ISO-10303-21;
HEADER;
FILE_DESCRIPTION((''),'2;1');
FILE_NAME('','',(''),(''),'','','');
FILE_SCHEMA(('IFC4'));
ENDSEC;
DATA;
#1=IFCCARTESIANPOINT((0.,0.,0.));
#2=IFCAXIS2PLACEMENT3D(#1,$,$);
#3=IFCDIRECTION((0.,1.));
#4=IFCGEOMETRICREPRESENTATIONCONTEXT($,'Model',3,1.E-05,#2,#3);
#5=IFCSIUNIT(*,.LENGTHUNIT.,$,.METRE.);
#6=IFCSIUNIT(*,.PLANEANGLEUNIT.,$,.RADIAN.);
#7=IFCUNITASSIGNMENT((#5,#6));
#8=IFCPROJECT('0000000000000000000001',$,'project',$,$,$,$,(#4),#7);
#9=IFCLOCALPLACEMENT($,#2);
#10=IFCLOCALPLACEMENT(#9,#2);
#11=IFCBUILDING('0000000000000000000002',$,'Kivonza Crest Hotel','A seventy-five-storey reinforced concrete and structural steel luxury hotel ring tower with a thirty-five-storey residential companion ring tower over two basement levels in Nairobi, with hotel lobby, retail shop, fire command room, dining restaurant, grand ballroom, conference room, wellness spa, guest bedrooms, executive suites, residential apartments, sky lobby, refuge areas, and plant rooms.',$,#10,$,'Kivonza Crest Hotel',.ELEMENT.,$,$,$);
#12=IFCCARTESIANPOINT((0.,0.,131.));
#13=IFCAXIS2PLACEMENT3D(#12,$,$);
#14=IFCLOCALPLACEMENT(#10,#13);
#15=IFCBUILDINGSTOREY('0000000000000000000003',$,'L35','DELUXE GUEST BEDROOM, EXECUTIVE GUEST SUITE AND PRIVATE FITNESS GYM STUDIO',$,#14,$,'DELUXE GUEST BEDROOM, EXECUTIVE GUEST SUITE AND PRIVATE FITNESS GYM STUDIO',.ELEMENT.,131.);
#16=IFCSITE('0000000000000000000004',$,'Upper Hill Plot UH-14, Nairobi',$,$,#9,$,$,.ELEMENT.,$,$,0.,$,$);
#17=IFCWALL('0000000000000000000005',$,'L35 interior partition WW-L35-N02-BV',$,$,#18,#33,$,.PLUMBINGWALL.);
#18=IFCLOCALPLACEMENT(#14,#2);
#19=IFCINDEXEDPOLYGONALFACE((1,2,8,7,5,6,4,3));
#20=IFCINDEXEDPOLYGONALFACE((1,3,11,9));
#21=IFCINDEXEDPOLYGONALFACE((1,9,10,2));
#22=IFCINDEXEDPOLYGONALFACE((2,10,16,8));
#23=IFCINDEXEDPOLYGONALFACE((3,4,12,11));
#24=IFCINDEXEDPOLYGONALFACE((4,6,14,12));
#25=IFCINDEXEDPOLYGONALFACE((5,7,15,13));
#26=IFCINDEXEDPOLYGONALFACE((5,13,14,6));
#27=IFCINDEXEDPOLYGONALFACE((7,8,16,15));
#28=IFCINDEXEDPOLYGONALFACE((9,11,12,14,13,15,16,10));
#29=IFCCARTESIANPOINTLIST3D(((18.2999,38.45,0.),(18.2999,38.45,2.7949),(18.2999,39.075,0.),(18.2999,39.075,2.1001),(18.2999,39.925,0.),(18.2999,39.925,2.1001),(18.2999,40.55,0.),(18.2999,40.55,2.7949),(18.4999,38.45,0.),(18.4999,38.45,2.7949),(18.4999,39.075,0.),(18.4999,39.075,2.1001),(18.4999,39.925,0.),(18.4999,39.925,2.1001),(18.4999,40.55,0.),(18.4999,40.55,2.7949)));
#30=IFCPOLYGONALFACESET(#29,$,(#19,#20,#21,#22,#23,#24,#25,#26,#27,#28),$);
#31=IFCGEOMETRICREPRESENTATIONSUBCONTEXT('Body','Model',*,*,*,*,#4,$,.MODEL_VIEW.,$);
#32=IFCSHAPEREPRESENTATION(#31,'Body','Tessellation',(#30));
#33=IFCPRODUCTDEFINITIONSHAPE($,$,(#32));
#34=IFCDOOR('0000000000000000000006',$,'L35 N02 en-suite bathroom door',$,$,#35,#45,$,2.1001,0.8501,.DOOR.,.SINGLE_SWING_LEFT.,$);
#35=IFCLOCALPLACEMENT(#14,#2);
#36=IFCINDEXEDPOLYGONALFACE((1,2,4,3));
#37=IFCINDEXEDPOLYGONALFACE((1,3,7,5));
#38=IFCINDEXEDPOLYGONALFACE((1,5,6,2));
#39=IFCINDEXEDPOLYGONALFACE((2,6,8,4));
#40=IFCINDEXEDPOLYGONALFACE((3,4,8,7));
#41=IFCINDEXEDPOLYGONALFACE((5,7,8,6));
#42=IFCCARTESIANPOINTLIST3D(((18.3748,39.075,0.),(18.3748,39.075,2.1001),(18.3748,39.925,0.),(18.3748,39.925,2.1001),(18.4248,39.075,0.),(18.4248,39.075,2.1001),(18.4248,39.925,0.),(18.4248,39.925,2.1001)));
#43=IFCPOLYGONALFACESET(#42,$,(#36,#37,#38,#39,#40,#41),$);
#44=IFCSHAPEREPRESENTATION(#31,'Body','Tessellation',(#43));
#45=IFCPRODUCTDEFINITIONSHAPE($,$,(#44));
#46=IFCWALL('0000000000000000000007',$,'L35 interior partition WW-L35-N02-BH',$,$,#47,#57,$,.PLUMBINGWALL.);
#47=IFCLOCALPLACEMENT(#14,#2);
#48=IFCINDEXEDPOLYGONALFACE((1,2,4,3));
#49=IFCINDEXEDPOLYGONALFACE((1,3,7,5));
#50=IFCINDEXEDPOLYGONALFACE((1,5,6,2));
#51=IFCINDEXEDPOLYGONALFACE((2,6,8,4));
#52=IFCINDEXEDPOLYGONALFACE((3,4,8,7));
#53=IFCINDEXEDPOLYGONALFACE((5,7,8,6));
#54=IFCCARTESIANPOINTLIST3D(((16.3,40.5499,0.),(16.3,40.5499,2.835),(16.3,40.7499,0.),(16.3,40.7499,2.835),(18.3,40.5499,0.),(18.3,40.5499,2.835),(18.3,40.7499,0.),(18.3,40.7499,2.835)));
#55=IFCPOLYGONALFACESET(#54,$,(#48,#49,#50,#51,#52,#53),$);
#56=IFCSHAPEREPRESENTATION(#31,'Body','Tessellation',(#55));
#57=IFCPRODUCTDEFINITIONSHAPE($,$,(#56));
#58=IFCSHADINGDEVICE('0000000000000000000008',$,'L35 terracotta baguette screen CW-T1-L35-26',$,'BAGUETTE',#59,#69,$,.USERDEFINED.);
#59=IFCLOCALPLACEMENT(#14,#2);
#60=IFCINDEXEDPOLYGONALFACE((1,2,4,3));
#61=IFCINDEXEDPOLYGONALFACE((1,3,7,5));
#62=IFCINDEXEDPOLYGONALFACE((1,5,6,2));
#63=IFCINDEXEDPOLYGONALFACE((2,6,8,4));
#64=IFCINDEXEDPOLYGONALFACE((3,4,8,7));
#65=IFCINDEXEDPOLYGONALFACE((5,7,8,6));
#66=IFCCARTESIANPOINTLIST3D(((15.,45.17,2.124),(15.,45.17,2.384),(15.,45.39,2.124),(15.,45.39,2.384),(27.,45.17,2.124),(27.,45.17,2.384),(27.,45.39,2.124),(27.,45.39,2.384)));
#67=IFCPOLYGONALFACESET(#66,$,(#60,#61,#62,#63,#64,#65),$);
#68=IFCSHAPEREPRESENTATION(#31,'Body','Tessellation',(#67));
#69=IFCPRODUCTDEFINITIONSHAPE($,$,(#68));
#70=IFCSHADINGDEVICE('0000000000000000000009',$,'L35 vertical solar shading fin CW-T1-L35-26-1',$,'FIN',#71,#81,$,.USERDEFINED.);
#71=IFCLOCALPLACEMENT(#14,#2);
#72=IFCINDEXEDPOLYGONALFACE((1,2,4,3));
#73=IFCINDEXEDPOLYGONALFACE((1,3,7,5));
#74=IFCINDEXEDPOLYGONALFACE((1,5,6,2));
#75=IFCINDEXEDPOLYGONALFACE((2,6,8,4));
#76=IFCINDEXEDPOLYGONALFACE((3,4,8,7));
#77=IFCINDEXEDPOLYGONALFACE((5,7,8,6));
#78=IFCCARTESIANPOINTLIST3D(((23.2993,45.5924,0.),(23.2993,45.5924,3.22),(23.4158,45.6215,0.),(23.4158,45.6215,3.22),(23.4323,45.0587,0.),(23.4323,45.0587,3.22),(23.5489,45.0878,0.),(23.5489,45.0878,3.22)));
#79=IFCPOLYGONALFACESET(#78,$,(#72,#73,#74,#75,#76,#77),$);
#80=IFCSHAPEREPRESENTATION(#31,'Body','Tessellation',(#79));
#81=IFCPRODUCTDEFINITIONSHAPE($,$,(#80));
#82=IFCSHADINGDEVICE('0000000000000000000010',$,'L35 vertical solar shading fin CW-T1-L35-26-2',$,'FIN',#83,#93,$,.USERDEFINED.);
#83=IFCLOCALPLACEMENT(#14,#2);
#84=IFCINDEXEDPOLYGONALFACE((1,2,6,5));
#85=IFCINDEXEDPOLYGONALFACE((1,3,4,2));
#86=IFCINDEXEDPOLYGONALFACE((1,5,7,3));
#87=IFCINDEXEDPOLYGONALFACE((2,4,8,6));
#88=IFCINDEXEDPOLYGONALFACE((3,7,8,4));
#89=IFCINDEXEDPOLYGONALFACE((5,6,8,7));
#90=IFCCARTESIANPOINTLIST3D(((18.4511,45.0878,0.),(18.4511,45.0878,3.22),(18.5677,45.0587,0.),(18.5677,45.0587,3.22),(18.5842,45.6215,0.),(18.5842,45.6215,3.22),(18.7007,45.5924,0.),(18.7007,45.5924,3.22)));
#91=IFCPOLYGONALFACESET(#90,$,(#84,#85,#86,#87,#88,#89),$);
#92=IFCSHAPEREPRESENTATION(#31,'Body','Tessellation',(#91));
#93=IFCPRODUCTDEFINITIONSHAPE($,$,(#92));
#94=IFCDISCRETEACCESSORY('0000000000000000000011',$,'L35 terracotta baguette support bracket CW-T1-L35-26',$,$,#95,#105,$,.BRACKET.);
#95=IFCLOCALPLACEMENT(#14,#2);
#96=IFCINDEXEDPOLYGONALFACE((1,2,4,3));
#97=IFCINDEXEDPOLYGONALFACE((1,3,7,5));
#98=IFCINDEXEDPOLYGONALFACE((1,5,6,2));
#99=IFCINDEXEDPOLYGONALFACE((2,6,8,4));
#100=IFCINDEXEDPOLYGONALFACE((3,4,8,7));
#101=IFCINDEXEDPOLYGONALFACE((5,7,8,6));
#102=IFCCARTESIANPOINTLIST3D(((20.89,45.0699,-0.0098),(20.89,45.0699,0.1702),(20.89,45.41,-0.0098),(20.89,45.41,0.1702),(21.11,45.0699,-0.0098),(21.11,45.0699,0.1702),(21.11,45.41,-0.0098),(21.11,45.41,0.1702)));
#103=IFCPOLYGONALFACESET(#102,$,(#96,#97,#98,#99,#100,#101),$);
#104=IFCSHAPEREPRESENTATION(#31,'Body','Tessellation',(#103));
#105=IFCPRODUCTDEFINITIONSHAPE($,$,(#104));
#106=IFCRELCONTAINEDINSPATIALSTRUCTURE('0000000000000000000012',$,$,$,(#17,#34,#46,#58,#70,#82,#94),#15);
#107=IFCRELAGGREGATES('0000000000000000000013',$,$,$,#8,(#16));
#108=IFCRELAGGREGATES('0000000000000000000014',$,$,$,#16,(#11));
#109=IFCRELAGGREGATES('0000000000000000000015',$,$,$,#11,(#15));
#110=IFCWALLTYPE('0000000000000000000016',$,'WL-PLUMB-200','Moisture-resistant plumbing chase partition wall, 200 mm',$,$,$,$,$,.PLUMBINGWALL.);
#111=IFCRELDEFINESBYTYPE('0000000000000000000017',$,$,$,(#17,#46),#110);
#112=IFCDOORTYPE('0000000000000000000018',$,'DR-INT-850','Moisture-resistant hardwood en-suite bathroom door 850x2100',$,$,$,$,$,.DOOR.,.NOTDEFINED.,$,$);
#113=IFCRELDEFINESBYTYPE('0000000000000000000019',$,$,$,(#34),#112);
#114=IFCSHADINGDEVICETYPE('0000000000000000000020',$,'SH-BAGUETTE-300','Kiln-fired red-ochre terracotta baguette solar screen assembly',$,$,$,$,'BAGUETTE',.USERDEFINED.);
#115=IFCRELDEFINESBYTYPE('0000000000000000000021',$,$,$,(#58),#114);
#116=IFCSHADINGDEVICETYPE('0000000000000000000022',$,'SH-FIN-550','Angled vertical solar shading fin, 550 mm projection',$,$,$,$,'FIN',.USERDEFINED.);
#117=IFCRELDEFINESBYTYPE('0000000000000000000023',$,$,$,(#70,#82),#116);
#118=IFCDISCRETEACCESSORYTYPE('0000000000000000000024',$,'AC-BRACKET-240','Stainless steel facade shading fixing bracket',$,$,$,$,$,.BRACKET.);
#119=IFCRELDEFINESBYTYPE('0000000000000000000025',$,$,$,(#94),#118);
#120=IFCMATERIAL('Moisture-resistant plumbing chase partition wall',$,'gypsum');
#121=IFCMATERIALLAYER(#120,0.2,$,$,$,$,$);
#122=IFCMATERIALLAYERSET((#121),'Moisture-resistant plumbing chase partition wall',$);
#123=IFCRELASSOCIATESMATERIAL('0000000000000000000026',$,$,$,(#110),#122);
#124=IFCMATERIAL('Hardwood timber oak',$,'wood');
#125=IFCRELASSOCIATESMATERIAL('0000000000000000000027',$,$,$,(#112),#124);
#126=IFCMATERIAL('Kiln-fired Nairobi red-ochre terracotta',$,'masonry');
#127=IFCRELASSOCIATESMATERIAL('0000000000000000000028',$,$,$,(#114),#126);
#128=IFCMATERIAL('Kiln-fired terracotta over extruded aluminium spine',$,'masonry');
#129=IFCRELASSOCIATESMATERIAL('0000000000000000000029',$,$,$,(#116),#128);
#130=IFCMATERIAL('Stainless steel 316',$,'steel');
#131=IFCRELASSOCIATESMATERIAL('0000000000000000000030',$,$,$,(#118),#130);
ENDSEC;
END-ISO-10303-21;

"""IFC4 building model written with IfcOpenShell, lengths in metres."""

from ifc_helpers import new_model, si_unit, direction, frame, frame_2d, origin, origin_2d, place, context, subcontext, project, spatial, rectangle, extrude, material, layer, layer_set, type_object, element, fill, save


model = new_model("IFC4")

# Units and contexts
model_context = context("Model", 3, precision=1e-05, world=origin(), true_north=direction((0.0, 1.0)))
body_context = subcontext(model_context, "Body", "Model", "MODEL_VIEW")
ifc_project = project(units=[si_unit("LENGTHUNIT", "METRE"), si_unit("PLANEANGLEUNIT", "RADIAN")], contexts=[model_context])

# Site, building, storey
site_placement = place(None, origin())
site = spatial("IfcSite", under=ifc_project, at=site_placement, Name="Upper Hill Plot UH-14, Nairobi", CompositionType="ELEMENT", RefElevation=0.0)
building_placement = place(site_placement, origin())
building = spatial("IfcBuilding", under=site, at=building_placement, Name="Kivonza Crest Hotel", Description="A seventy-five-storey reinforced concrete and structural steel luxury hotel ring tower with a thirty-five-storey residential companion ring tower over two basement levels in Nairobi, with hotel lobby, retail shop, fire command room, dining restaurant, grand ballroom, conference room, wellness spa, guest bedrooms, executive suites, residential apartments, sky lobby, refuge areas, and plant rooms.", LongName="Kivonza Crest Hotel", CompositionType="ELEMENT")
storey_placement = place(building_placement, frame((0.0, 0.0, 131.0)))
storey = spatial("IfcBuildingStorey", under=building, at=storey_placement, Name="L35", Description="DELUXE GUEST BEDROOM, EXECUTIVE GUEST SUITE AND PRIVATE FITNESS GYM STUDIO", LongName="DELUXE GUEST BEDROOM, EXECUTIVE GUEST SUITE AND PRIVATE FITNESS GYM STUDIO", CompositionType="ELEMENT", Elevation=131.0)

# Shared definitions
ifc_material_1 = material(Name="Hardwood timber oak", Category="wood")

# Wall, opening, door
ifc_material_2 = material(Name="Moisture-resistant plumbing chase partition wall", Category="gypsum")
ifc_layer_1 = layer(ifc_material_2, 0.2)
ifc_layer_set_1 = layer_set([ifc_layer_1], Name="Moisture-resistant plumbing chase partition wall")
wall_type_1 = type_object("IfcWallType", Name="WL-PLUMB-200", Description="Moisture-resistant plumbing chase partition wall, 200 mm", PredefinedType="PLUMBINGWALL", material=ifc_layer_set_1)
wall_1_placement = place(storey_placement, frame((18.3999, 38.45, 0.0), z_axis=(0.0, 0.0, 1.0), x_axis=(0.0, 1.0, 0.0)))
wall_1 = element("IfcWall", 1, at=wall_1_placement, inside=storey, type_object=wall_type_1, Name="L35 interior partition WW-L35-N02-BV", PredefinedType="PLUMBINGWALL", context=body_context, shape_type="SweptSolid", body=[
    extrude(rectangle(XDim=2.1001, YDim=0.2, at=frame_2d((1.05, 0.0))), origin(), (0.0, 0.0, 1.0), 2.7949),
])
opening_1_placement = place(wall_1_placement, frame((0.625, 0.0, 0.0)))
opening_1 = element("IfcOpeningElement", 2, at=opening_1_placement, cuts=wall_1, PredefinedType="OPENING", context=body_context, shape_type="SweptSolid", body=[
    extrude(rectangle(XDim=0.8501, YDim=2.1001, at=frame_2d((0.425, 1.05))), frame((0.0, 0.1099, 0.0), z_axis=(0.0, -1.0, 0.0), x_axis=(1.0, 0.0, 0.0)), (0.0, 0.0, 1.0), 0.22),
])
door_type_1 = type_object("IfcDoorType", Name="DR-INT-850", Description="Moisture-resistant hardwood en-suite bathroom door 850x2100", OperationType="NOTDEFINED", PredefinedType="DOOR", material=ifc_material_1)
door_1_placement = place(opening_1_placement, frame((0.8501, 0.0, 0.0), z_axis=(0.0, 0.0, 1.0), x_axis=(-1.0, 0.0, 0.0)))
door_1 = element("IfcDoor", 3, at=door_1_placement, inside=storey, type_object=door_type_1, Name="L35 N02 en-suite bathroom door", OperationType="SINGLE_SWING_LEFT", OverallHeight=2.1001, OverallWidth=0.8501, PredefinedType="DOOR", context=body_context, shape_type="SweptSolid", body=[
    extrude(rectangle(XDim=0.8501, YDim=2.1001, at=frame_2d((0.425, 1.05))), frame((0.0, 0.0249, 0.0), z_axis=(0.0, -1.0, 0.0), x_axis=(1.0, 0.0, 0.0)), (0.0, 0.0, 1.0), 0.05),
])
fill(opening_1, door_1)

# Wall
wall_2_placement = place(storey_placement, frame((16.3, 40.6499, 0.0), z_axis=(0.0, 0.0, 1.0), x_axis=(1.0, 0.0, 0.0)))
element("IfcWall", 4, at=wall_2_placement, inside=storey, type_object=wall_type_1, Name="L35 interior partition WW-L35-N02-BH", PredefinedType="PLUMBINGWALL", context=body_context, shape_type="SweptSolid", body=[
    extrude(rectangle(XDim=2.0, YDim=0.2, at=frame_2d((1.0, 0.0))), origin(), (0.0, 0.0, 1.0), 2.835),
])

# Shading devices
ifc_material_3 = material(Name="Kiln-fired Nairobi red-ochre terracotta", Category="masonry")
shading_device_type_1 = type_object("IfcShadingDeviceType", Name="SH-BAGUETTE-300", Description="Kiln-fired red-ochre terracotta baguette solar screen assembly", ElementType="BAGUETTE", PredefinedType="USERDEFINED", material=ifc_material_3)
shading_device_placement = place(storey_placement, frame((21.0, 45.28, 2.124), z_axis=(0.0, 0.0, 1.0), x_axis=(-1.0, 0.0, 0.0)))
element("IfcShadingDevice", 5, at=shading_device_placement, inside=storey, type_object=shading_device_type_1, Name="L35 terracotta baguette screen CW-T1-L35-26", ObjectType="BAGUETTE", PredefinedType="USERDEFINED", context=body_context, shape_type="SweptSolid", body=[
    extrude(rectangle(XDim=12.0, YDim=0.22, at=origin_2d()), origin(), (0.0, 0.0, 1.0), 0.26),
])
ifc_material_4 = material(Name="Kiln-fired terracotta over extruded aluminium spine", Category="masonry")
shading_device_type_2 = type_object("IfcShadingDeviceType", Name="SH-FIN-550", Description="Angled vertical solar shading fin, 550 mm projection", ElementType="FIN", PredefinedType="USERDEFINED", material=ifc_material_4)
for number, where, z_axis, x_axis, name in (
    (6, (23.4241, 45.3401, 0.0), (0.0, 0.0, 1.0), (-0.970296, -0.241922, 0.0), "L35 vertical solar shading fin CW-T1-L35-26-1"),
    (7, (18.5759, 45.3401, 0.0), (0.0, 0.0, 1.0), (-0.970296, 0.241922, 0.0), "L35 vertical solar shading fin CW-T1-L35-26-2"),
):
    element("IfcShadingDevice", number, at=place(storey_placement, frame(where, z_axis=z_axis, x_axis=x_axis)), inside=storey, type_object=shading_device_type_2, Name=name, ObjectType="FIN", PredefinedType="USERDEFINED", context=body_context, shape_type="SweptSolid", body=[
        extrude(rectangle(XDim=0.1201, YDim=0.55, at=origin_2d()), origin(), (0.0, 0.0, 1.0), 3.22),
    ])

# Discrete accessory
ifc_material_5 = material(Name="Stainless steel 316", Category="steel")
discrete_accessory_type = type_object("IfcDiscreteAccessoryType", Name="AC-BRACKET-240", Description="Stainless steel facade shading fixing bracket", PredefinedType="BRACKET", material=ifc_material_5)
discrete_accessory_placement = place(storey_placement, frame((21.0, 45.24, -0.0098), z_axis=(0.0, 0.0, 1.0), x_axis=(-1.0, 0.0, 0.0)))
element("IfcDiscreteAccessory", 8, at=discrete_accessory_placement, inside=storey, type_object=discrete_accessory_type, Name="L35 terracotta baguette support bracket CW-T1-L35-26", PredefinedType="BRACKET", context=body_context, shape_type="SweptSolid", body=[
    extrude(rectangle(XDim=0.22, YDim=0.3401, at=origin_2d()), origin(), (0.0, 0.0, 1.0), 0.1799),
])

save(model, "model.ifc")
